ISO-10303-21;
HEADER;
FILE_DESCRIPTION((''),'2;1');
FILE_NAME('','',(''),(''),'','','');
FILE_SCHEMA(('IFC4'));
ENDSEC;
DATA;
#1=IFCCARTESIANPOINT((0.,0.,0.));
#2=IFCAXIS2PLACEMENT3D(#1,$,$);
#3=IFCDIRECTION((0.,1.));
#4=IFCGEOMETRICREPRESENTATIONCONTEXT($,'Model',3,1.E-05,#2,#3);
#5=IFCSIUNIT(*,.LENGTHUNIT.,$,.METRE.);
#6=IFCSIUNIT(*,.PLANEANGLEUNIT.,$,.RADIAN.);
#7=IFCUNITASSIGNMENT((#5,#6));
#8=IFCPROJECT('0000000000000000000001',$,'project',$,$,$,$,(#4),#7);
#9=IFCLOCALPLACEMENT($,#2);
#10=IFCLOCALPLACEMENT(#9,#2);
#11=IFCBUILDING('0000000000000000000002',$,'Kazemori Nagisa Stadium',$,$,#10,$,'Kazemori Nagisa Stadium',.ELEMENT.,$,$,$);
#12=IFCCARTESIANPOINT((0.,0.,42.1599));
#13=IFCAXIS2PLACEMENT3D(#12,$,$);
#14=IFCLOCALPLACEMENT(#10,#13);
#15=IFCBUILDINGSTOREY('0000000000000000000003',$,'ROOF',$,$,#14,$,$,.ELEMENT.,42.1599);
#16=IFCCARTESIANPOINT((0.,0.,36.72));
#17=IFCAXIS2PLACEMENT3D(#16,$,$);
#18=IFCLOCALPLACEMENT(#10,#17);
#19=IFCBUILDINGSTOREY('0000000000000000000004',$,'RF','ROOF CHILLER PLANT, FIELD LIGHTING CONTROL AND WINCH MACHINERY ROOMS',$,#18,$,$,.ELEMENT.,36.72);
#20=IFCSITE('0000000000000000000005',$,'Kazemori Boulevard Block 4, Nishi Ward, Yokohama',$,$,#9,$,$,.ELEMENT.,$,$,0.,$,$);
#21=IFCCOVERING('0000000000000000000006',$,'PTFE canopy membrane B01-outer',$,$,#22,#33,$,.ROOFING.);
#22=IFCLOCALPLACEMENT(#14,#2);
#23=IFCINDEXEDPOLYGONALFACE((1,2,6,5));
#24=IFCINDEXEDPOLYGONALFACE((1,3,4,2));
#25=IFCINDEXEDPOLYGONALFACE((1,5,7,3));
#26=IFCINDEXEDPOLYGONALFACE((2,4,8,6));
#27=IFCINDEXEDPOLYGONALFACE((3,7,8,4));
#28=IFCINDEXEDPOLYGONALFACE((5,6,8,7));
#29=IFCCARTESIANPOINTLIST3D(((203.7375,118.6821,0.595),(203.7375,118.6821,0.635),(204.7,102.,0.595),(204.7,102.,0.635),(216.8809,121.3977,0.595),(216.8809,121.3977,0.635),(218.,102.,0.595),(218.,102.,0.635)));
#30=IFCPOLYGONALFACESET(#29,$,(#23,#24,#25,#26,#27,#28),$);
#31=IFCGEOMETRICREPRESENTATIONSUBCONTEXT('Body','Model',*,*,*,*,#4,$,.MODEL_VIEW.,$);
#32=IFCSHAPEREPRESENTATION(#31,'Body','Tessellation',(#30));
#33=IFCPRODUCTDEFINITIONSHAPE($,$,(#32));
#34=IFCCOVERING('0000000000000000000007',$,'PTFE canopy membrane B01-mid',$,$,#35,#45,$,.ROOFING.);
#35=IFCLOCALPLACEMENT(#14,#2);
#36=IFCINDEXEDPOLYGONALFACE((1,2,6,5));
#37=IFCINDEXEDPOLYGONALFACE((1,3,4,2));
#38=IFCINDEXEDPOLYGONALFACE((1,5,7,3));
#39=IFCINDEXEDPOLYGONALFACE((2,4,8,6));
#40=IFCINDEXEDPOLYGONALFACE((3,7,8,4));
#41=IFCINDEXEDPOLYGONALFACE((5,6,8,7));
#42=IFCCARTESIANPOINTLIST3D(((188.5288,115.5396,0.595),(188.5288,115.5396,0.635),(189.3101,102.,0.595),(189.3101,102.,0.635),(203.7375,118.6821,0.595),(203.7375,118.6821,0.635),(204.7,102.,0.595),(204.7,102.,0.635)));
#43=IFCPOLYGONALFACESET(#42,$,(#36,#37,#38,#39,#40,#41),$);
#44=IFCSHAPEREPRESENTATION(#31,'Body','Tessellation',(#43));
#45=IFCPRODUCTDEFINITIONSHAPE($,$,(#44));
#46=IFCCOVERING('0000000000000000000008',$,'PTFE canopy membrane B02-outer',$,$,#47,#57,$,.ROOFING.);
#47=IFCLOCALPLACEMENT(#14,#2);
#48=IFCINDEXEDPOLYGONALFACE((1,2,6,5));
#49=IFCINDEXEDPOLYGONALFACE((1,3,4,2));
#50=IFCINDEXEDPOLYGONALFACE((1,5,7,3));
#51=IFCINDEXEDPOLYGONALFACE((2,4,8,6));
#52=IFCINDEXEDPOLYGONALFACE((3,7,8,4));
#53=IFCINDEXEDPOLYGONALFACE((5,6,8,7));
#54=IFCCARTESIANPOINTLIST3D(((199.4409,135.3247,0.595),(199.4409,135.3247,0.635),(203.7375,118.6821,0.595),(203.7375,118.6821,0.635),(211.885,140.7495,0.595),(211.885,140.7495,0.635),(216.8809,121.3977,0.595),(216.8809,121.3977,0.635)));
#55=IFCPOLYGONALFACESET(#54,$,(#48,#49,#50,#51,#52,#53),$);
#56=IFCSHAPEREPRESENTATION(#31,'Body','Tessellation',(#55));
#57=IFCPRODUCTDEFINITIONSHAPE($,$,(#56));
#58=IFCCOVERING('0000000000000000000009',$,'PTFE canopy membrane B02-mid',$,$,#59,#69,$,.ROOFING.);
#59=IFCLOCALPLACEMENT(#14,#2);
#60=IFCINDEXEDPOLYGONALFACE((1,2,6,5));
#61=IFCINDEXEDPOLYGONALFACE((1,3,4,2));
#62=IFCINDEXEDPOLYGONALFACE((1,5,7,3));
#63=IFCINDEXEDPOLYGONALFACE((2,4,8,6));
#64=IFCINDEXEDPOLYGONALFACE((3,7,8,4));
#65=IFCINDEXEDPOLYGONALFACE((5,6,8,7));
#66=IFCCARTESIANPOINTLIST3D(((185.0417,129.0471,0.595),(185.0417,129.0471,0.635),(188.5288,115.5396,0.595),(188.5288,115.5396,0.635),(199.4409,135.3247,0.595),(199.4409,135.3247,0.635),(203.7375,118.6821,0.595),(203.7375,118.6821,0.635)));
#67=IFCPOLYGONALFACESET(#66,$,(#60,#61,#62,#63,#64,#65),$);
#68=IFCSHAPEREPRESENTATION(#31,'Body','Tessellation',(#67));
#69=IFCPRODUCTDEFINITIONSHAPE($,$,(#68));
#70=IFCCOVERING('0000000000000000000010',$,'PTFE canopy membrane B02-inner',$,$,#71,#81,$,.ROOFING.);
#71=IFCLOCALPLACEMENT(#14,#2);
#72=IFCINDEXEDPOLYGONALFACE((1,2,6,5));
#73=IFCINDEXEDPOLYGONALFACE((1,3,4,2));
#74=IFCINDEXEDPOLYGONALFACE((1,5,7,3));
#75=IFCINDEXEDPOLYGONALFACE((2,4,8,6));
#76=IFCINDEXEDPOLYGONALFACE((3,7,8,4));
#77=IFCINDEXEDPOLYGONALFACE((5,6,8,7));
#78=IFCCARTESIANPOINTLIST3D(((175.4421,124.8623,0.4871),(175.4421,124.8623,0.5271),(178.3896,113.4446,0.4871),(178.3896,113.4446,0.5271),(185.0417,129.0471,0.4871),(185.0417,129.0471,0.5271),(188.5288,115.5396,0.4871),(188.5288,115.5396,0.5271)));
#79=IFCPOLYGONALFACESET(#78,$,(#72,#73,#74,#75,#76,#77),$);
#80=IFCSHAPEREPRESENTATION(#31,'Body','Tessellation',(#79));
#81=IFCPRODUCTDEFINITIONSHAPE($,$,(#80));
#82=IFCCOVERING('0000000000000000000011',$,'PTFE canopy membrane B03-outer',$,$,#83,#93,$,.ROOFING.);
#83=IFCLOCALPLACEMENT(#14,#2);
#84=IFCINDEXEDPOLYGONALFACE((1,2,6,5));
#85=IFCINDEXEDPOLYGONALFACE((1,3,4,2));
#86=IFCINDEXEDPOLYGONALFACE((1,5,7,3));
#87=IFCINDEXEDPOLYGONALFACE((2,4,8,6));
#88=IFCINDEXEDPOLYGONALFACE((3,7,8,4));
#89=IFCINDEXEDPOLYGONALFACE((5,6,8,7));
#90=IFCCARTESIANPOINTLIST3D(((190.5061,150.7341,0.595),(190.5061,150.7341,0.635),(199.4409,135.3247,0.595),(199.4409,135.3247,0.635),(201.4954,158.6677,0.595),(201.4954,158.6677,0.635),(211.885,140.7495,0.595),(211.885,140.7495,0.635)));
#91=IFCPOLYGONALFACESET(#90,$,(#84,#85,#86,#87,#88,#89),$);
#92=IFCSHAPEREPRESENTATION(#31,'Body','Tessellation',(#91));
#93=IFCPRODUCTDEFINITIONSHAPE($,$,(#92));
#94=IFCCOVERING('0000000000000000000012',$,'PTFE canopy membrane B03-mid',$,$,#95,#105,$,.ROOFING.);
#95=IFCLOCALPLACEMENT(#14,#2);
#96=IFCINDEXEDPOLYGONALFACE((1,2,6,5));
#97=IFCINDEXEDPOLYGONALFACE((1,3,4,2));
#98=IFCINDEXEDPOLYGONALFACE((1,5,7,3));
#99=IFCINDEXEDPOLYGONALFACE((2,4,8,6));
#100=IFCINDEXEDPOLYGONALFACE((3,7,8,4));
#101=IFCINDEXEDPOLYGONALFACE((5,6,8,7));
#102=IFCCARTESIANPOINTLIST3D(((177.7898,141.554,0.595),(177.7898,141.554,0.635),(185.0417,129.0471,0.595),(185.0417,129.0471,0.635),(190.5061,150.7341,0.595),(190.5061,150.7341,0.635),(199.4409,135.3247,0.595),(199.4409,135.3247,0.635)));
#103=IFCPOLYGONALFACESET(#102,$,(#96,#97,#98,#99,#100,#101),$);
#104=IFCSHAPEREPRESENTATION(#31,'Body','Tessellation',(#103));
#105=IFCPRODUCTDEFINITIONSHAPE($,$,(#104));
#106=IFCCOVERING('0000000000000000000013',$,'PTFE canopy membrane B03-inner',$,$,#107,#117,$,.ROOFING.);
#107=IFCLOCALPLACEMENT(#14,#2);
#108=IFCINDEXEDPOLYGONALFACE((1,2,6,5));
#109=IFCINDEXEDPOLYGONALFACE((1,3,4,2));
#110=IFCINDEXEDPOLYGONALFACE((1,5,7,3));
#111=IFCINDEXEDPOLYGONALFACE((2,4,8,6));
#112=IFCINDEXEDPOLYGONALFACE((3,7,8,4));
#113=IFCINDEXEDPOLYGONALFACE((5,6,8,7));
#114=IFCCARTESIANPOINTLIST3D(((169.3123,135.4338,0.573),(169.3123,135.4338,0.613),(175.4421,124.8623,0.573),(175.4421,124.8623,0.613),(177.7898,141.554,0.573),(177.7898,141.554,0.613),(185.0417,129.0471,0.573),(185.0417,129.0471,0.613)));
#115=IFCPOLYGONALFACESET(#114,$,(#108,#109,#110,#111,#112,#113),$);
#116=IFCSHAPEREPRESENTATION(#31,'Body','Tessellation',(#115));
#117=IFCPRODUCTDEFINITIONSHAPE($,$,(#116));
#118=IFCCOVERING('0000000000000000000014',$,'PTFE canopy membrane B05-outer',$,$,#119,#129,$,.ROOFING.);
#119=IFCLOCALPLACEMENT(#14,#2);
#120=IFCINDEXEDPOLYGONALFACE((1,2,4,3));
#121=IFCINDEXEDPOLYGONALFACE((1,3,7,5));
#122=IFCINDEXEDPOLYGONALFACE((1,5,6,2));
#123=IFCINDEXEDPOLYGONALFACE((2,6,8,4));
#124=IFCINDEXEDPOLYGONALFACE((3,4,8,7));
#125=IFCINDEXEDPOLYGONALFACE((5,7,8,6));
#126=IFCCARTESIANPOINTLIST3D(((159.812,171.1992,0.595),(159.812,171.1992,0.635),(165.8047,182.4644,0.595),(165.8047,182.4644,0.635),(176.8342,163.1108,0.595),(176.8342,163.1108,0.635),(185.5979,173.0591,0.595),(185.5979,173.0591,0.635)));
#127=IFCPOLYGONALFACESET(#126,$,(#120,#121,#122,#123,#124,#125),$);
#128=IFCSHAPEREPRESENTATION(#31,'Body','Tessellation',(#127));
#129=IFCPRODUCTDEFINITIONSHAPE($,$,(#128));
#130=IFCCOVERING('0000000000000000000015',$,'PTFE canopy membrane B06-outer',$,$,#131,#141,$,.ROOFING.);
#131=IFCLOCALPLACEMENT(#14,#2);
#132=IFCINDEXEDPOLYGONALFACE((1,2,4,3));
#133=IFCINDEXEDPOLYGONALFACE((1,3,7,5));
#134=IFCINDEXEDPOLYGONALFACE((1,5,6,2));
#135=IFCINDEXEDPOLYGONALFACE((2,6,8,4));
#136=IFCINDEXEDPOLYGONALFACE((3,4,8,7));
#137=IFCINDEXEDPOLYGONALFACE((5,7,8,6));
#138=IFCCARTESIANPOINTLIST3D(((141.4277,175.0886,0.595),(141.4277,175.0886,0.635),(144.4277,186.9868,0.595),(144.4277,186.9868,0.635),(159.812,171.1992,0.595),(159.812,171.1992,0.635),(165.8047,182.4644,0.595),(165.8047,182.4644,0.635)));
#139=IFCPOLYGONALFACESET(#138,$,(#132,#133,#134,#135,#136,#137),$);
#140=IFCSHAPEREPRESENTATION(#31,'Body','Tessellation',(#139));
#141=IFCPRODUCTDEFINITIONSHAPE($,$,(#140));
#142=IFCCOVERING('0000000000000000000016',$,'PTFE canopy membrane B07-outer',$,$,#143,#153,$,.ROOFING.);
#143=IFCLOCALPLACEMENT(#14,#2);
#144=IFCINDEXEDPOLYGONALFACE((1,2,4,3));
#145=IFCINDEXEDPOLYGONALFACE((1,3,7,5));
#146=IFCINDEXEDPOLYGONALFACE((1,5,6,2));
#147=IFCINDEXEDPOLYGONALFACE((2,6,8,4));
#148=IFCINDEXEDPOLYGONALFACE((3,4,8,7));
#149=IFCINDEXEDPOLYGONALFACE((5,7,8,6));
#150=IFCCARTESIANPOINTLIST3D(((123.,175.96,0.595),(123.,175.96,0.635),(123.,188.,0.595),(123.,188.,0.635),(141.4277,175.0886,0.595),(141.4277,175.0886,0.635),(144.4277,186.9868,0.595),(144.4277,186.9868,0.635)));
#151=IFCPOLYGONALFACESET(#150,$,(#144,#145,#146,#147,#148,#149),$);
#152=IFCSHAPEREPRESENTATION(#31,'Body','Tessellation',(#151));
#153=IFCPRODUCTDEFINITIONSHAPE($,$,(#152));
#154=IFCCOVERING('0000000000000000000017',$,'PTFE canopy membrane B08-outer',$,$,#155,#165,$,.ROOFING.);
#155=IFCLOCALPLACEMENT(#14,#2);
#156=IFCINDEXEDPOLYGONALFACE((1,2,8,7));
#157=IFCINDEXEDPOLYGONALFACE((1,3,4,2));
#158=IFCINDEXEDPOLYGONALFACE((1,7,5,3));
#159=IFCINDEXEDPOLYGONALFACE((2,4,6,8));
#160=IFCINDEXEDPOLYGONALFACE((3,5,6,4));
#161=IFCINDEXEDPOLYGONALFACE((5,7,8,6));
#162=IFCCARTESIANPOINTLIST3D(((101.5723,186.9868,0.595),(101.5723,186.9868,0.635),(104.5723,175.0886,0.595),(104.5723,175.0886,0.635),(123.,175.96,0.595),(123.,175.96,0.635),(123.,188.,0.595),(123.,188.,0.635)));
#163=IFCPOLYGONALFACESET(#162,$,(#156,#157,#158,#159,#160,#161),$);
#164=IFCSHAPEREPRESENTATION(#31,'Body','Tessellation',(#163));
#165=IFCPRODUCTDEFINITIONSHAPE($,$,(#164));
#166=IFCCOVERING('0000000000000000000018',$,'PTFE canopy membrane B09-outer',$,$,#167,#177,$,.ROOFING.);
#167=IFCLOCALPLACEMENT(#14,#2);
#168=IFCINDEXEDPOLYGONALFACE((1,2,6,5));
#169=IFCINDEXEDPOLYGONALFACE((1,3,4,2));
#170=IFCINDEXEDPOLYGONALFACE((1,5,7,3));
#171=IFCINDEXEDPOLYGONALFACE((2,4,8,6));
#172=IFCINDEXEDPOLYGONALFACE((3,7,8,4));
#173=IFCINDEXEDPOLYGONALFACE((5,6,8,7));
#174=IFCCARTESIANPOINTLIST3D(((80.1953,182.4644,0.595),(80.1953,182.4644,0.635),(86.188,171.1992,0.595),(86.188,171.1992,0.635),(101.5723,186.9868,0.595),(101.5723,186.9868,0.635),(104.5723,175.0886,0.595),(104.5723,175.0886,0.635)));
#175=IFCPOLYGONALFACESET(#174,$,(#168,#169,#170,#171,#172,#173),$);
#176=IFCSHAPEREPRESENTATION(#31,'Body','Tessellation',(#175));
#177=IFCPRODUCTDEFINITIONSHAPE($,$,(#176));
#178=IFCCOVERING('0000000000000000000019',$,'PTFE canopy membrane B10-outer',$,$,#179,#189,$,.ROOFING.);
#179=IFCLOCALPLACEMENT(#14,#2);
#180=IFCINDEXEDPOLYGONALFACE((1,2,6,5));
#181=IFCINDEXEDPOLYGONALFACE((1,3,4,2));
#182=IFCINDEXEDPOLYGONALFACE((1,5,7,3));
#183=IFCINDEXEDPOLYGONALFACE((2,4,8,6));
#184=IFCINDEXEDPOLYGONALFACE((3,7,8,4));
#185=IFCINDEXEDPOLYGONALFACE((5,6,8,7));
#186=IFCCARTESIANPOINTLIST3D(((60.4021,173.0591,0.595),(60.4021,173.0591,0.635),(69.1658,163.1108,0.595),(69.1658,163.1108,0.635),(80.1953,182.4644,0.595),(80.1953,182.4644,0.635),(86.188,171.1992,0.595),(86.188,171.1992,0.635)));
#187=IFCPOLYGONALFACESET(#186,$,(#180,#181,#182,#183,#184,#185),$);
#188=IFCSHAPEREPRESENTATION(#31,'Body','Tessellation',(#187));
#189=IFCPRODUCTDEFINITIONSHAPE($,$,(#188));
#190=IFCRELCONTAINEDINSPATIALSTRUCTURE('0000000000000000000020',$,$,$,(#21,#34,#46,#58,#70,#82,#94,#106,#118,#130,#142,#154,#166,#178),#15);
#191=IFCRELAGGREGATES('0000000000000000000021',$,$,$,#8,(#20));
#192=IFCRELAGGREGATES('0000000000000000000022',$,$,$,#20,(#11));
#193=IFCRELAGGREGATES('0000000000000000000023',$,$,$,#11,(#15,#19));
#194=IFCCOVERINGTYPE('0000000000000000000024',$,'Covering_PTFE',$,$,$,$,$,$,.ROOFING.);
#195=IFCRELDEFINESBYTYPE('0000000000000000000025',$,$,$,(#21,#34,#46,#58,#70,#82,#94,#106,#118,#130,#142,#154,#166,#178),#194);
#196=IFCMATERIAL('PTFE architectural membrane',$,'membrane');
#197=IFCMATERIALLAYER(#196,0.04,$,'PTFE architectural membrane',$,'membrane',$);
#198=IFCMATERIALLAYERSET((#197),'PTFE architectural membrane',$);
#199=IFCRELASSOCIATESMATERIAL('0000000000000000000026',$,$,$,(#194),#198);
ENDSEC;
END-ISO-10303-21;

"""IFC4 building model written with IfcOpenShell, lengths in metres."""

from ifc_helpers import new_model, si_unit, direction, frame, origin, place, context, subcontext, project, spatial, polyline, outline, extrude, material, layer, layer_set, type_object, element, save


model = new_model("IFC4")

# Units and contexts
model_context = context("Model", 3, precision=1e-05, world=origin(), true_north=direction((0.0, 1.0)))
body_context = subcontext(model_context, "Body", "Model", "MODEL_VIEW")
ifc_project = project(units=[si_unit("LENGTHUNIT", "METRE"), si_unit("PLANEANGLEUNIT", "RADIAN")], contexts=[model_context])

# Site, building, storey
site_placement = place(None, origin())
site = spatial("IfcSite", under=ifc_project, at=site_placement, Name="Kazemori Boulevard Block 4, Nishi Ward, Yokohama", CompositionType="ELEMENT", RefElevation=0.0)
building_placement = place(site_placement, origin())
building = spatial("IfcBuilding", under=site, at=building_placement, Name="Kazemori Nagisa Stadium", LongName="Kazemori Nagisa Stadium", CompositionType="ELEMENT")
storey_1_placement = place(building_placement, frame((0.0, 0.0, 42.1599)))
storey_1 = spatial("IfcBuildingStorey", under=building, at=storey_1_placement, Name="ROOF", CompositionType="ELEMENT", Elevation=42.1599)

# Shared definitions
storey_2_placement = place(building_placement, frame((0.0, 0.0, 36.72)))
storey_2 = spatial("IfcBuildingStorey", under=building, at=storey_2_placement, Name="RF", Description="ROOF CHILLER PLANT, FIELD LIGHTING CONTROL AND WINCH MACHINERY ROOMS", CompositionType="ELEMENT", Elevation=36.72)

# Coverings
ifc_material_1 = material(Name="PTFE architectural membrane", Category="membrane")
ifc_layer_1 = layer(ifc_material_1, 0.04, Name="PTFE architectural membrane", Category="membrane")
ifc_layer_set_1 = layer_set([ifc_layer_1], Name="PTFE architectural membrane")
covering_type = type_object("IfcCoveringType", Name="Covering_PTFE", PredefinedType="ROOFING", material=ifc_layer_set_1)
covering_1_placement = place(storey_1_placement, frame((0.0, 0.0, 0.595)))
element("IfcCovering", 1, at=covering_1_placement, inside=storey_1, type_object=covering_type, Name="PTFE canopy membrane B01-outer", PredefinedType="ROOFING", context=body_context, shape_type="SweptSolid", body=[
    extrude(outline(polyline([(218.0, 102.0), (216.8809, 121.3977), (203.7375, 118.6821), (204.7, 102.0), (218.0, 102.0)])), origin(), (0.0, 0.0, 1.0), 0.04),
])
covering_2_placement = place(storey_1_placement, frame((0.0, 0.0, 0.595)))
element("IfcCovering", 2, at=covering_2_placement, inside=storey_1, type_object=covering_type, Name="PTFE canopy membrane B01-mid", PredefinedType="ROOFING", context=body_context, shape_type="SweptSolid", body=[
    extrude(outline(polyline([(204.7, 102.0), (203.7375, 118.6821), (188.5288, 115.5396), (189.3101, 102.0), (204.7, 102.0)])), origin(), (0.0, 0.0, 1.0), 0.04),
])
covering_3_placement = place(storey_1_placement, frame((0.0, 0.0, 0.595)))
element("IfcCovering", 3, at=covering_3_placement, inside=storey_1, type_object=covering_type, Name="PTFE canopy membrane B02-outer", PredefinedType="ROOFING", context=body_context, shape_type="SweptSolid", body=[
    extrude(outline(polyline([(216.8809, 121.3977), (211.885, 140.7495), (199.4409, 135.3247), (203.7375, 118.6821), (216.8809, 121.3977)])), origin(), (0.0, 0.0, 1.0), 0.04),
])
covering_4_placement = place(storey_1_placement, frame((0.0, 0.0, 0.595)))
element("IfcCovering", 4, at=covering_4_placement, inside=storey_1, type_object=covering_type, Name="PTFE canopy membrane B02-mid", PredefinedType="ROOFING", context=body_context, shape_type="SweptSolid", body=[
    extrude(outline(polyline([(203.7375, 118.6821), (199.4409, 135.3247), (185.0417, 129.0471), (188.5288, 115.5396), (203.7375, 118.6821)])), origin(), (0.0, 0.0, 1.0), 0.04),
])
covering_5_placement = place(storey_1_placement, frame((0.0, 0.0, 0.4871)))
element("IfcCovering", 5, at=covering_5_placement, inside=storey_1, type_object=covering_type, Name="PTFE canopy membrane B02-inner", PredefinedType="ROOFING", context=body_context, shape_type="SweptSolid", body=[
    extrude(outline(polyline([(188.5288, 115.5396), (185.0417, 129.0471), (175.4421, 124.8623), (178.3896, 113.4446), (188.5288, 115.5396)])), origin(), (0.0, 0.0, 1.0), 0.04),
])
covering_6_placement = place(storey_1_placement, frame((0.0, 0.0, 0.595)))
element("IfcCovering", 6, at=covering_6_placement, inside=storey_1, type_object=covering_type, Name="PTFE canopy membrane B03-outer", PredefinedType="ROOFING", context=body_context, shape_type="SweptSolid", body=[
    extrude(outline(polyline([(211.885, 140.7495), (201.4954, 158.6677), (190.5061, 150.7341), (199.4409, 135.3247), (211.885, 140.7495)])), origin(), (0.0, 0.0, 1.0), 0.04),
])
covering_7_placement = place(storey_1_placement, frame((0.0, 0.0, 0.595)))
element("IfcCovering", 7, at=covering_7_placement, inside=storey_1, type_object=covering_type, Name="PTFE canopy membrane B03-mid", PredefinedType="ROOFING", context=body_context, shape_type="SweptSolid", body=[
    extrude(outline(polyline([(199.4409, 135.3247), (190.5061, 150.7341), (177.7898, 141.554), (185.0417, 129.0471), (199.4409, 135.3247)])), origin(), (0.0, 0.0, 1.0), 0.04),
])
covering_8_placement = place(storey_1_placement, frame((0.0, 0.0, 0.573)))
element("IfcCovering", 8, at=covering_8_placement, inside=storey_1, type_object=covering_type, Name="PTFE canopy membrane B03-inner", PredefinedType="ROOFING", context=body_context, shape_type="SweptSolid", body=[
    extrude(outline(polyline([(185.0417, 129.0471), (177.7898, 141.554), (169.3123, 135.4338), (175.4421, 124.8623), (185.0417, 129.0471)])), origin(), (0.0, 0.0, 1.0), 0.04),
])
covering_9_placement = place(storey_1_placement, frame((0.0, 0.0, 0.595)))
element("IfcCovering", 9, at=covering_9_placement, inside=storey_1, type_object=covering_type, Name="PTFE canopy membrane B05-outer", PredefinedType="ROOFING", context=body_context, shape_type="SweptSolid", body=[
    extrude(outline(polyline([(185.5979, 173.0591), (165.8047, 182.4644), (159.812, 171.1992), (176.8342, 163.1108), (185.5979, 173.0591)])), origin(), (0.0, 0.0, 1.0), 0.04),
])
covering_10_placement = place(storey_1_placement, frame((0.0, 0.0, 0.595)))
element("IfcCovering", 10, at=covering_10_placement, inside=storey_1, type_object=covering_type, Name="PTFE canopy membrane B06-outer", PredefinedType="ROOFING", context=body_context, shape_type="SweptSolid", body=[
    extrude(outline(polyline([(165.8047, 182.4644), (144.4277, 186.9868), (141.4277, 175.0886), (159.812, 171.1992), (165.8047, 182.4644)])), origin(), (0.0, 0.0, 1.0), 0.04),
])
covering_11_placement = place(storey_1_placement, frame((0.0, 0.0, 0.595)))
element("IfcCovering", 11, at=covering_11_placement, inside=storey_1, type_object=covering_type, Name="PTFE canopy membrane B07-outer", PredefinedType="ROOFING", context=body_context, shape_type="SweptSolid", body=[
    extrude(outline(polyline([(144.4277, 186.9868), (123.0, 188.0), (123.0, 175.96), (141.4277, 175.0886), (144.4277, 186.9868)])), origin(), (0.0, 0.0, 1.0), 0.04),
])
covering_12_placement = place(storey_1_placement, frame((0.0, 0.0, 0.595)))
element("IfcCovering", 12, at=covering_12_placement, inside=storey_1, type_object=covering_type, Name="PTFE canopy membrane B08-outer", PredefinedType="ROOFING", context=body_context, shape_type="SweptSolid", body=[
    extrude(outline(polyline([(123.0, 188.0), (101.5723, 186.9868), (104.5723, 175.0886), (123.0, 175.96), (123.0, 188.0)])), origin(), (0.0, 0.0, 1.0), 0.04),
])
covering_13_placement = place(storey_1_placement, frame((0.0, 0.0, 0.595)))
element("IfcCovering", 13, at=covering_13_placement, inside=storey_1, type_object=covering_type, Name="PTFE canopy membrane B09-outer", PredefinedType="ROOFING", context=body_context, shape_type="SweptSolid", body=[
    extrude(outline(polyline([(101.5723, 186.9868), (80.1953, 182.4644), (86.188, 171.1992), (104.5723, 175.0886), (101.5723, 186.9868)])), origin(), (0.0, 0.0, 1.0), 0.04),
])
covering_14_placement = place(storey_1_placement, frame((0.0, 0.0, 0.595)))
element("IfcCovering", 14, at=covering_14_placement, inside=storey_1, type_object=covering_type, Name="PTFE canopy membrane B10-outer", PredefinedType="ROOFING", context=body_context, shape_type="SweptSolid", body=[
    extrude(outline(polyline([(80.1953, 182.4644), (60.4021, 173.0591), (69.1658, 163.1108), (86.188, 171.1992), (80.1953, 182.4644)])), origin(), (0.0, 0.0, 1.0), 0.04),
])

save(model, "model.ifc")
